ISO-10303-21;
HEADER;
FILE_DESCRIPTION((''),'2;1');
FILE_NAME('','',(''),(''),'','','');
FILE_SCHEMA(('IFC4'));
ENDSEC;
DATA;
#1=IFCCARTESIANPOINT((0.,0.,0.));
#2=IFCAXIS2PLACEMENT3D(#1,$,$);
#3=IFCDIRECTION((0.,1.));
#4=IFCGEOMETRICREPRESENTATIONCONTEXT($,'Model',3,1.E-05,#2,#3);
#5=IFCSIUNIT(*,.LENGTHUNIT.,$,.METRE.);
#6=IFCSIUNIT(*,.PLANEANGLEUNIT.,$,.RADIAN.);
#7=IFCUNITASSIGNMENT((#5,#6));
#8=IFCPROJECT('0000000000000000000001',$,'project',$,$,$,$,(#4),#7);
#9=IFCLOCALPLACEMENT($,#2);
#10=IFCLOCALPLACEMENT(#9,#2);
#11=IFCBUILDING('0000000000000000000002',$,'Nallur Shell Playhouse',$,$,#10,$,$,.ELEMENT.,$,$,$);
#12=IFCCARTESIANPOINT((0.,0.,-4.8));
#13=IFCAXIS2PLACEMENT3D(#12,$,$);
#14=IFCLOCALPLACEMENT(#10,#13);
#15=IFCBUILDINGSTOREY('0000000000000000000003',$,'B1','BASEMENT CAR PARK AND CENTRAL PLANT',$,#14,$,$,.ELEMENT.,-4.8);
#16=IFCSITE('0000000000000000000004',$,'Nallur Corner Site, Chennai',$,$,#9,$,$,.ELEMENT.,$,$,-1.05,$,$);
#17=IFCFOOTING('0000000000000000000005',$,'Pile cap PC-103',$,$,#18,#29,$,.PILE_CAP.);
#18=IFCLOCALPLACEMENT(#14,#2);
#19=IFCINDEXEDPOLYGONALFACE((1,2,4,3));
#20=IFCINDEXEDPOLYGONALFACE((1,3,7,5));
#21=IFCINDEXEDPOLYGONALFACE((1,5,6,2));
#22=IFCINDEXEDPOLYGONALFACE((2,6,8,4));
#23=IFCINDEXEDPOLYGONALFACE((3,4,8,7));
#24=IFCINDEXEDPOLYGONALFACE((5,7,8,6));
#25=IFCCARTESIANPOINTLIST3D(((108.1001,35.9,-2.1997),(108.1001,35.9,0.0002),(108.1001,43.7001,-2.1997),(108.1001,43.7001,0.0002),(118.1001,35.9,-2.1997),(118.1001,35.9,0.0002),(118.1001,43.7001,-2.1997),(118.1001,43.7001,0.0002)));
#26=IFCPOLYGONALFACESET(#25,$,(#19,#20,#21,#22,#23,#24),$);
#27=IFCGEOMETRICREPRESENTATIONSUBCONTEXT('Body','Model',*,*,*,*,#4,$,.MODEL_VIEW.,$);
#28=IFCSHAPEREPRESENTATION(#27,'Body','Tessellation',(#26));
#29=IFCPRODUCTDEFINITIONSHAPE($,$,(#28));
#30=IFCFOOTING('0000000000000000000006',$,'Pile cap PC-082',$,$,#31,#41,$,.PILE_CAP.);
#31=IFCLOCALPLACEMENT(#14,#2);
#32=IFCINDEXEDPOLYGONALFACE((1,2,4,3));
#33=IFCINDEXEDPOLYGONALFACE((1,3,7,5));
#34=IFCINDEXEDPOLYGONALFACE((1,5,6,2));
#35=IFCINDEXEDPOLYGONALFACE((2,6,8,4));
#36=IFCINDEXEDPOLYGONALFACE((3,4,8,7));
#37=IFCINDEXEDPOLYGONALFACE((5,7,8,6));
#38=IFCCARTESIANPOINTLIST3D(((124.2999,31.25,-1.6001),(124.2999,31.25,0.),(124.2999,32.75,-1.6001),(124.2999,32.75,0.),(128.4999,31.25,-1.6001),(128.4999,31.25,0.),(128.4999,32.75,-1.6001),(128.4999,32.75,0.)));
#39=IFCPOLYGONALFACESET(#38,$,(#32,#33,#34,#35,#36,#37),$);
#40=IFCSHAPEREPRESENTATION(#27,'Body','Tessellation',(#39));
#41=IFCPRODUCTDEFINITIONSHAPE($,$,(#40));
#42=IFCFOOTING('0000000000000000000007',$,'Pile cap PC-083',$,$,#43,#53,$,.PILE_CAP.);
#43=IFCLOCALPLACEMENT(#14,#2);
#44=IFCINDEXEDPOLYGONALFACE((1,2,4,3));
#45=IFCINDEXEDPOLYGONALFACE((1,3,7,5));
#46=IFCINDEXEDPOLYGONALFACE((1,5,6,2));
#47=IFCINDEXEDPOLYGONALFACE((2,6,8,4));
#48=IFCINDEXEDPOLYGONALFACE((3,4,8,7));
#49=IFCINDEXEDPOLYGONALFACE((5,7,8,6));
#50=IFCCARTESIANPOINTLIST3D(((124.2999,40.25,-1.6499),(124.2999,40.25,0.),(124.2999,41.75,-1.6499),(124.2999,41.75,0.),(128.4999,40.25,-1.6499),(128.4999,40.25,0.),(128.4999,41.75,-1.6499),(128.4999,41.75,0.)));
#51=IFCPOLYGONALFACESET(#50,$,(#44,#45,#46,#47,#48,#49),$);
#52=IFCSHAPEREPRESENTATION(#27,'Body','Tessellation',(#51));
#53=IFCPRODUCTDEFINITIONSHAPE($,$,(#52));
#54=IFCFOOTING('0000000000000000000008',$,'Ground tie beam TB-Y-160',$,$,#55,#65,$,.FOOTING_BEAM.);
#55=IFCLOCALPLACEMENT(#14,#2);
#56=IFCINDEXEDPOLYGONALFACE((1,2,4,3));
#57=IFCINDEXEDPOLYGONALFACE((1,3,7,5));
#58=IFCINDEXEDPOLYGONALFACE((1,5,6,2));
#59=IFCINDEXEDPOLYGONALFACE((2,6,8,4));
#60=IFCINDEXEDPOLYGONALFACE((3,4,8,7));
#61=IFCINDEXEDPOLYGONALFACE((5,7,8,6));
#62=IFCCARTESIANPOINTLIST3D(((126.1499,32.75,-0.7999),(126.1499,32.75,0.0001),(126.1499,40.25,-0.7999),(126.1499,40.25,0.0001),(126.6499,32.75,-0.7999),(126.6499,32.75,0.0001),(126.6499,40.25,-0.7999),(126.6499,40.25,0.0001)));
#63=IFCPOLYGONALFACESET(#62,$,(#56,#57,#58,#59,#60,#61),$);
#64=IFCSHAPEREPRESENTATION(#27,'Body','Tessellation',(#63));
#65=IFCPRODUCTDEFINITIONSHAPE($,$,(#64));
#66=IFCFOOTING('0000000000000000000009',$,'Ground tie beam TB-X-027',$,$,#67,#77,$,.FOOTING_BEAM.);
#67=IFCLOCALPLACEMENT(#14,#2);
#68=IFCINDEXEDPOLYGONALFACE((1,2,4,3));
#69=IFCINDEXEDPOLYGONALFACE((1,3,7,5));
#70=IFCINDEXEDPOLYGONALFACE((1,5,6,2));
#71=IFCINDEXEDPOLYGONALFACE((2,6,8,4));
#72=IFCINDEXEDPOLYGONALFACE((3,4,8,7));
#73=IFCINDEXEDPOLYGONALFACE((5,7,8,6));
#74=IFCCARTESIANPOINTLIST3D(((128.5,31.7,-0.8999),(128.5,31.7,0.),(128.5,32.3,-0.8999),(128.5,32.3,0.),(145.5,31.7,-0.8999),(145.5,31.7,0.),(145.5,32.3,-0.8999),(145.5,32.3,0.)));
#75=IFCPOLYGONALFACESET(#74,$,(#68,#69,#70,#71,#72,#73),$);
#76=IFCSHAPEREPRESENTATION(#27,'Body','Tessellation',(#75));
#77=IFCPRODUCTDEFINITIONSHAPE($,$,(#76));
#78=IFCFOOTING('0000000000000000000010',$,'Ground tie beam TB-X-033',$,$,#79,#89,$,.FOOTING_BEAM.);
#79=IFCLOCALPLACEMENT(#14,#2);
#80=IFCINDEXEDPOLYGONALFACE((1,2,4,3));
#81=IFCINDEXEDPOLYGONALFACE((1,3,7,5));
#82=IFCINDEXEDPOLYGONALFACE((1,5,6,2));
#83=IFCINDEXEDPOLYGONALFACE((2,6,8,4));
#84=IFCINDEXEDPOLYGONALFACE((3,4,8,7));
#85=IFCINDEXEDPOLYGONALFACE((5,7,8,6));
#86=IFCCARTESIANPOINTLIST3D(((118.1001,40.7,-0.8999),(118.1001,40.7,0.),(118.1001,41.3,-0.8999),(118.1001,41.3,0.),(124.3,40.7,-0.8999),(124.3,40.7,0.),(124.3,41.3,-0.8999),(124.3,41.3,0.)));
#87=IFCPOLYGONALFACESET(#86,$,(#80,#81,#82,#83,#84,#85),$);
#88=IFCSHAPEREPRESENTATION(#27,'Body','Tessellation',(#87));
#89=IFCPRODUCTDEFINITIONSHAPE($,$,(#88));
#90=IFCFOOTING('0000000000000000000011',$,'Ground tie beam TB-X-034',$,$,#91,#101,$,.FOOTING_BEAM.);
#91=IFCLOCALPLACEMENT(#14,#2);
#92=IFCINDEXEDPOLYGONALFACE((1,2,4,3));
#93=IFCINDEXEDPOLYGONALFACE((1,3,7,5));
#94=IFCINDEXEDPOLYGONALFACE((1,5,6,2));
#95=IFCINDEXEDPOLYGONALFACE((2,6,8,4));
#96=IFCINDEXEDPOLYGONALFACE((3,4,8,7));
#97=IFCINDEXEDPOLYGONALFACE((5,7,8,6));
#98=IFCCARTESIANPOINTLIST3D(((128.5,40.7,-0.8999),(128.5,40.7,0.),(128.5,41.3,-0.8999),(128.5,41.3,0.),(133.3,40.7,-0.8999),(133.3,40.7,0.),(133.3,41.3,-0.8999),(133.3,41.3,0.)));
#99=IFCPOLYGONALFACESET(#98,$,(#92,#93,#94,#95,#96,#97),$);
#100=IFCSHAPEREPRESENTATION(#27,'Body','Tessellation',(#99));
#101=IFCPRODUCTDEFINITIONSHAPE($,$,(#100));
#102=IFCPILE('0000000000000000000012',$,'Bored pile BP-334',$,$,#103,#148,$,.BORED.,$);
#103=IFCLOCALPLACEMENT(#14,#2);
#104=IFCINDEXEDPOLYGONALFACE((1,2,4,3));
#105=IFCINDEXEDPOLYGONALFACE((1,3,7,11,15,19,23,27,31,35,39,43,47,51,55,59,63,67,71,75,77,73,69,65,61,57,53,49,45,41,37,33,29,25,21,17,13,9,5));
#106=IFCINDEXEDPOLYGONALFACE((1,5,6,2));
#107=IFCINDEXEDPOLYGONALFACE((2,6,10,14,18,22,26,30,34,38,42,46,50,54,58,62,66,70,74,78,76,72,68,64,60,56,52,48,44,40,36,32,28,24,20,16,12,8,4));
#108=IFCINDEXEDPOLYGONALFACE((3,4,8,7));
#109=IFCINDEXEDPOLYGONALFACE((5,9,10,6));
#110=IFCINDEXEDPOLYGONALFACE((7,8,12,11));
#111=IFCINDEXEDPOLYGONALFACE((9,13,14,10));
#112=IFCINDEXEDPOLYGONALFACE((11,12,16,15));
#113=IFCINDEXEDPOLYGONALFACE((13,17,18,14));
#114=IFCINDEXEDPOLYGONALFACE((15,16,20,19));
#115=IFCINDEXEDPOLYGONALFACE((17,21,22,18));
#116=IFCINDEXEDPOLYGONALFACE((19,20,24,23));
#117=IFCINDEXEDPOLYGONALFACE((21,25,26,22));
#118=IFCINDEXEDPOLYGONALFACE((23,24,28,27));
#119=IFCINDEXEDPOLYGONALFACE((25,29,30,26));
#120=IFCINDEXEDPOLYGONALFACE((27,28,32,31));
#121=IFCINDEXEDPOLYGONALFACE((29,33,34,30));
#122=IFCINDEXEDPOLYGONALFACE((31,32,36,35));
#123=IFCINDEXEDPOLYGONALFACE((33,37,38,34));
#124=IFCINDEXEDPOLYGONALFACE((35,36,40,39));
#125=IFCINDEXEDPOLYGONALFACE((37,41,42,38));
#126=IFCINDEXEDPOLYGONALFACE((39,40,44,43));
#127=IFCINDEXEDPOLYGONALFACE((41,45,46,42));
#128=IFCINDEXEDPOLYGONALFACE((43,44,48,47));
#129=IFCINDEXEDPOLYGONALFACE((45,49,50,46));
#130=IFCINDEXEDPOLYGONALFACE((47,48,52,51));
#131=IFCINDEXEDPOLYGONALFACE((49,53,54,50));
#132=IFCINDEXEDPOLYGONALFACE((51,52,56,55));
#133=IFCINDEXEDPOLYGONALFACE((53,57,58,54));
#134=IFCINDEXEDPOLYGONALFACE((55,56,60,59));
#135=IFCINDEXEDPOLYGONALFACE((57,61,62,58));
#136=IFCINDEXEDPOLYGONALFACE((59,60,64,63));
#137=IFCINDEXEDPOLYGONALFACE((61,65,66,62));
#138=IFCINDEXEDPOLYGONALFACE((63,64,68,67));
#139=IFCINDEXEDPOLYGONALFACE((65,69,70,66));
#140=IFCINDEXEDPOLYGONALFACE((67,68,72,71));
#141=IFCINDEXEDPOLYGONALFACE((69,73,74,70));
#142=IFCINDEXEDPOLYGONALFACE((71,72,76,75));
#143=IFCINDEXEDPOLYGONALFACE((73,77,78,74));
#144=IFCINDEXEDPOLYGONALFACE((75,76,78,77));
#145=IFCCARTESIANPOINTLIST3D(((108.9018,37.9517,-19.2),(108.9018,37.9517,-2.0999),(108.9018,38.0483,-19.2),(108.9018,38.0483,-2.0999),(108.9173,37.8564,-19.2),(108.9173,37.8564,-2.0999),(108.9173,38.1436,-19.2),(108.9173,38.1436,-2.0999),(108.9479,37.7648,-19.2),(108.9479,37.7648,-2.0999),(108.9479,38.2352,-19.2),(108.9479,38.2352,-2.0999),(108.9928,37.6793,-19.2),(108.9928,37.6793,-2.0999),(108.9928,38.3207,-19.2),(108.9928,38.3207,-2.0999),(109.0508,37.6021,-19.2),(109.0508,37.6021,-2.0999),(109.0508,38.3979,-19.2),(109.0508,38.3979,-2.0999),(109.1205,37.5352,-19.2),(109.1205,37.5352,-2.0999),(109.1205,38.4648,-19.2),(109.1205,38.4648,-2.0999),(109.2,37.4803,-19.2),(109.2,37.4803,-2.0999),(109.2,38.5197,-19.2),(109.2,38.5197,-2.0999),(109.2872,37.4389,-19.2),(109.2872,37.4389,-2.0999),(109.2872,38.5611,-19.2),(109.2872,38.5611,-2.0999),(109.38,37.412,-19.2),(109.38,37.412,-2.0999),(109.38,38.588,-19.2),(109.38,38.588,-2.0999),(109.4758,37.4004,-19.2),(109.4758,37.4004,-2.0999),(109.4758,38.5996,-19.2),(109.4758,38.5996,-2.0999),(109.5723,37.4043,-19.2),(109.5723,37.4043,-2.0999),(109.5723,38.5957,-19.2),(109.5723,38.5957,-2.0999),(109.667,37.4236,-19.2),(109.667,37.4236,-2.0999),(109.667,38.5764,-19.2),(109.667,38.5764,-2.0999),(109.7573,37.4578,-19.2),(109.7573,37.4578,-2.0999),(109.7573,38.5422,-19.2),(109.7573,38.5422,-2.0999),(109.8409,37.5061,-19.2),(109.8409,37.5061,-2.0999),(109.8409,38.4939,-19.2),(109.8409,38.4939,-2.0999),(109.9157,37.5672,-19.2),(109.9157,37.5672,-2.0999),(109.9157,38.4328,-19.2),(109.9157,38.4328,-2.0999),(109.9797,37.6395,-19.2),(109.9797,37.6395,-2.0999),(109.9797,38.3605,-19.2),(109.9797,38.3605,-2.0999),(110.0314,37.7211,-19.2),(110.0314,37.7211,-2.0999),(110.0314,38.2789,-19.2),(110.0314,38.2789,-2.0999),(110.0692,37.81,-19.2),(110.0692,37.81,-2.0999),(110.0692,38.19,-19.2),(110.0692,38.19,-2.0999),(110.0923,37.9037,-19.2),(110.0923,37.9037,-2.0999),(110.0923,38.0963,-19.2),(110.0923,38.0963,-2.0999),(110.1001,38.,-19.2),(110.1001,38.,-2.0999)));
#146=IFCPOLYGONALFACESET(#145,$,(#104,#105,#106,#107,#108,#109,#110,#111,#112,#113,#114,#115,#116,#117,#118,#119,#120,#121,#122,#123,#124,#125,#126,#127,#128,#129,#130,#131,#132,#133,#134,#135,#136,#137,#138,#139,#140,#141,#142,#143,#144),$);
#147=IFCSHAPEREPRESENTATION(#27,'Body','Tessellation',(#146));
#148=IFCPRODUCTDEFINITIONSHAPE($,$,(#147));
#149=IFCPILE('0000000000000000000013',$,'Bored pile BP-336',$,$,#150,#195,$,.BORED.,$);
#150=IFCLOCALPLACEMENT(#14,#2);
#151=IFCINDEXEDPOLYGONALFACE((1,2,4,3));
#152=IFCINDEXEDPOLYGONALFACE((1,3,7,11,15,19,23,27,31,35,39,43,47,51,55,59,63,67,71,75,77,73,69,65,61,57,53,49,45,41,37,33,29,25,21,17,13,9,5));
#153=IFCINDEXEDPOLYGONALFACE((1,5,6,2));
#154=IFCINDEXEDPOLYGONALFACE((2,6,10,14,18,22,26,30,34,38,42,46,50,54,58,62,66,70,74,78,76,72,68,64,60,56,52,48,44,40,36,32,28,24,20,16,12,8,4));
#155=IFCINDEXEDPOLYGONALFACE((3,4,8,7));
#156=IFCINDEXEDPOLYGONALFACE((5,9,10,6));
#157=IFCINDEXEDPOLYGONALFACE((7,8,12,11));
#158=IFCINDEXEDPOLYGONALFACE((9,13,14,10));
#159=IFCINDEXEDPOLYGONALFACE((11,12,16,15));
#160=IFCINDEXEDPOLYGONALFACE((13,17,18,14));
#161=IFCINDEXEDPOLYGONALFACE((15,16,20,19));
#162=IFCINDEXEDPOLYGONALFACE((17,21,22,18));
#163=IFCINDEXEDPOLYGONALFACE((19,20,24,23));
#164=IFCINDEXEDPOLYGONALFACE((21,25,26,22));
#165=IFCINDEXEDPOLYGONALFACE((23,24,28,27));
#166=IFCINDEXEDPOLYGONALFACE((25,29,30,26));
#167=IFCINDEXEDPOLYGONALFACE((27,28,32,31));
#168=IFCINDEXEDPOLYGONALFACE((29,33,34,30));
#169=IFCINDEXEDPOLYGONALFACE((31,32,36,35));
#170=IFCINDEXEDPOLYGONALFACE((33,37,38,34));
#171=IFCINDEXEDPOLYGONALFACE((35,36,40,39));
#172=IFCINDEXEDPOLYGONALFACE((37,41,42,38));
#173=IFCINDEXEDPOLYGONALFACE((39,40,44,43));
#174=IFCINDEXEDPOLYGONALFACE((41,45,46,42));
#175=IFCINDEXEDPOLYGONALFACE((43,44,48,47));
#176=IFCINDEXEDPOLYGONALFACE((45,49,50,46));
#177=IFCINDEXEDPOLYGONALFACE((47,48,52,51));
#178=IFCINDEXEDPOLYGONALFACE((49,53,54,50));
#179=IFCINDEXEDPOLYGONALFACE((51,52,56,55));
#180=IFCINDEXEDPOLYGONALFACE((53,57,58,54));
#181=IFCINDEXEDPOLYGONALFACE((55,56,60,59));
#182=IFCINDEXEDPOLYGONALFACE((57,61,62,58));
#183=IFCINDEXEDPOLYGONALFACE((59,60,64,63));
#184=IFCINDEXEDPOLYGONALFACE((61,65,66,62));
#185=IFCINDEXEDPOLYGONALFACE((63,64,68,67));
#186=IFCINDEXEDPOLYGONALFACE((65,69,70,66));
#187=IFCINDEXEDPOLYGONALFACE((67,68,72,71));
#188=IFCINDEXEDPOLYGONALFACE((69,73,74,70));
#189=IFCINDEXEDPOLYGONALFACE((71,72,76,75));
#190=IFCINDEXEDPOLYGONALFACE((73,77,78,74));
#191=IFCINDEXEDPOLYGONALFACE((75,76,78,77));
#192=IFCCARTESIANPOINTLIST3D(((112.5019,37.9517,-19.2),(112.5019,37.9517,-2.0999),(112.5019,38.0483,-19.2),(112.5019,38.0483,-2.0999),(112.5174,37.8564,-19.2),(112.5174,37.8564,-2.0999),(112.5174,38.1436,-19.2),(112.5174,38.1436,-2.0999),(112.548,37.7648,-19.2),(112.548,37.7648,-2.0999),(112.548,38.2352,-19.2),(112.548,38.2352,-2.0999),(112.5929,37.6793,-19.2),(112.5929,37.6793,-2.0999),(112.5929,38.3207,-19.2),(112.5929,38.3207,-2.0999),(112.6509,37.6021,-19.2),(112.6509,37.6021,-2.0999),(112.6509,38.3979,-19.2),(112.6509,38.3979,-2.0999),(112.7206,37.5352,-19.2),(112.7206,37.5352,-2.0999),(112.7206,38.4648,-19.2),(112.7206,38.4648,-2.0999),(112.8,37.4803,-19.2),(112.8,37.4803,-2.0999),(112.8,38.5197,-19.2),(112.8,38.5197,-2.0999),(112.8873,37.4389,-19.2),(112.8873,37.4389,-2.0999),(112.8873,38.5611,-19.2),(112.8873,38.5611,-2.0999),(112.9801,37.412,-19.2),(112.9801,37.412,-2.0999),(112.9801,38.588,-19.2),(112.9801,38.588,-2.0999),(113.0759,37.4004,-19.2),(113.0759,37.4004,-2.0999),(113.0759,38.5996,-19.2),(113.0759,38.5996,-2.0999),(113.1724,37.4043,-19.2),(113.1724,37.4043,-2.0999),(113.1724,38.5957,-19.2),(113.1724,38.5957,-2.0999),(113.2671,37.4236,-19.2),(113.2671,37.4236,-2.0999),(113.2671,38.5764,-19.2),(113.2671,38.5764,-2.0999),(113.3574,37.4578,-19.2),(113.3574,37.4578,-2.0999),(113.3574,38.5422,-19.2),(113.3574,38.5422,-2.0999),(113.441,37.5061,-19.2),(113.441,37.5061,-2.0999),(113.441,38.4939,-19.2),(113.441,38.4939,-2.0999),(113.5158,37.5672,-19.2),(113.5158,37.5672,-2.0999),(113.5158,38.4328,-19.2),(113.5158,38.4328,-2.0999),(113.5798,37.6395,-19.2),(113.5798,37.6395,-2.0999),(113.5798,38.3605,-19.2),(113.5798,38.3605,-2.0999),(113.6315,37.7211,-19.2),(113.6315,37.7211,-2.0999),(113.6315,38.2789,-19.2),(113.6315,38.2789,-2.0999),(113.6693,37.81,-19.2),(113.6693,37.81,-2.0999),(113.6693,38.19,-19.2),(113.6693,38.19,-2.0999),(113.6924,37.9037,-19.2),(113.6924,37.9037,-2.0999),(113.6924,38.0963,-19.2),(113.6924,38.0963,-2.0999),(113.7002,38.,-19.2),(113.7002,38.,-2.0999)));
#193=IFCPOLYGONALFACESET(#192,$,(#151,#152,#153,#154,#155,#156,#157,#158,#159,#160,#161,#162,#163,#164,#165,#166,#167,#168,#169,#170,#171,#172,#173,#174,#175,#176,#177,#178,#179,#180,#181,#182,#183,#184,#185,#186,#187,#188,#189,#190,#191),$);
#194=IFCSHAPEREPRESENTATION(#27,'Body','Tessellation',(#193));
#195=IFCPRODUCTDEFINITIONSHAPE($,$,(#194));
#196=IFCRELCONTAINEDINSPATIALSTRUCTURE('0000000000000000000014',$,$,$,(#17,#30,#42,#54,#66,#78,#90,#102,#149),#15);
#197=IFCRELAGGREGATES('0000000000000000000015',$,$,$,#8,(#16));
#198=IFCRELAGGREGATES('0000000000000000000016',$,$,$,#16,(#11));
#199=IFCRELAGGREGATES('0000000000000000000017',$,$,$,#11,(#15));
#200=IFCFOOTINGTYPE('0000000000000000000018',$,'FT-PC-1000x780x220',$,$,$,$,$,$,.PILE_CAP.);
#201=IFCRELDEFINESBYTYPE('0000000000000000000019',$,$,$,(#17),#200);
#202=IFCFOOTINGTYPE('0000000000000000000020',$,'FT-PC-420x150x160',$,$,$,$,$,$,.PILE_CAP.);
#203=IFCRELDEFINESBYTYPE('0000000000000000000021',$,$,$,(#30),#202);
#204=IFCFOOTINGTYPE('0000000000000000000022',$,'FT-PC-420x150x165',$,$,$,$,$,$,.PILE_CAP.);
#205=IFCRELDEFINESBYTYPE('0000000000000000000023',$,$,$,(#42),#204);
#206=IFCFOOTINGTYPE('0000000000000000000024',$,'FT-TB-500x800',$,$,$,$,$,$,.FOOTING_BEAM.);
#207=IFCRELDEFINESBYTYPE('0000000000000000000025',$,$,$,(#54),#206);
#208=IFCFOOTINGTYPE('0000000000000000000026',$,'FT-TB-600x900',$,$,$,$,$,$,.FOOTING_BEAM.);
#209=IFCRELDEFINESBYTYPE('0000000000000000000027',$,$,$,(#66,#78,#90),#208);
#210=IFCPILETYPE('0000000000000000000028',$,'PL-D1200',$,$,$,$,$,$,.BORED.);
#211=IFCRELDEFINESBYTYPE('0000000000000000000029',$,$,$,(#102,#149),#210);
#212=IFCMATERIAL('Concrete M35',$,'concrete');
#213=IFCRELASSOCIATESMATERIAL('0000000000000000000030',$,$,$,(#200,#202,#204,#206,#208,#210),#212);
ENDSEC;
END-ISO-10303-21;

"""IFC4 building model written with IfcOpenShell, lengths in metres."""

from ifc_helpers import new_model, si_unit, direction, frame, origin, origin_2d, place, context, subcontext, project, spatial, rectangle, circle, extrude, material, material_profile, profile_set, type_object, element, save


model = new_model("IFC4")

# Units and contexts
model_context = context("Model", 3, precision=1e-05, world=origin(), true_north=direction((0.0, 1.0)))
body_context = subcontext(model_context, "Body", "Model", "MODEL_VIEW")
ifc_project = project(units=[si_unit("LENGTHUNIT", "METRE"), si_unit("PLANEANGLEUNIT", "RADIAN")], contexts=[model_context])

# Site, building, storey
site_placement = place(None, origin())
site = spatial("IfcSite", under=ifc_project, at=site_placement, Name="Nallur Corner Site, Chennai", CompositionType="ELEMENT", RefElevation=-1.05)
building_placement = place(site_placement, origin())
building = spatial("IfcBuilding", under=site, at=building_placement, Name="Nallur Shell Playhouse", CompositionType="ELEMENT")
storey_placement = place(building_placement, frame((0.0, 0.0, -4.8)))
storey = spatial("IfcBuildingStorey", under=building, at=storey_placement, Name="B1", Description="BASEMENT CAR PARK AND CENTRAL PLANT", CompositionType="ELEMENT", Elevation=-4.8)

# Footings
ifc_material_1 = material(Name="Concrete M35", Category="concrete")
footing_type_1 = type_object("IfcFootingType", Name="FT-PC-1000x780x220", PredefinedType="PILE_CAP", material=ifc_material_1)
footing_1_placement = place(storey_placement, frame((113.1001, 39.8, -2.1997), z_axis=(0.0, 0.0, 1.0), x_axis=(1.0, 0.0, 0.0)))
element("IfcFooting", 1, at=footing_1_placement, inside=storey, type_object=footing_type_1, Name="Pile cap PC-103", PredefinedType="PILE_CAP", context=body_context, shape_type="SweptSolid", body=[
    extrude(rectangle(XDim=10.0, YDim=7.8, at=origin_2d()), origin(), (0.0, 0.0, 1.0), 2.2),
])
footing_type_2 = type_object("IfcFootingType", Name="FT-PC-420x150x160", PredefinedType="PILE_CAP", material=ifc_material_1)
footing_2_placement = place(storey_placement, frame((126.3999, 32.0, -1.6001), z_axis=(0.0, 0.0, 1.0), x_axis=(1.0, 0.0, 0.0)))
element("IfcFooting", 2, at=footing_2_placement, inside=storey, type_object=footing_type_2, Name="Pile cap PC-082", PredefinedType="PILE_CAP", context=body_context, shape_type="SweptSolid", body=[
    extrude(rectangle(XDim=4.2, YDim=1.5, at=origin_2d()), origin(), (0.0, 0.0, 1.0), 1.6001),
])
footing_type_3 = type_object("IfcFootingType", Name="FT-PC-420x150x165", PredefinedType="PILE_CAP", material=ifc_material_1)
footing_3_placement = place(storey_placement, frame((126.3999, 41.0, -1.6499), z_axis=(0.0, 0.0, 1.0), x_axis=(1.0, 0.0, 0.0)))
element("IfcFooting", 3, at=footing_3_placement, inside=storey, type_object=footing_type_3, Name="Pile cap PC-083", PredefinedType="PILE_CAP", context=body_context, shape_type="SweptSolid", body=[
    extrude(rectangle(XDim=4.2, YDim=1.5, at=origin_2d()), origin(), (0.0, 0.0, 1.0), 1.6499),
])
ifc_material_profile_1 = material_profile(ifc_material_1, rectangle(XDim=0.5, YDim=0.8, at=origin_2d()), Name="RC 500x800")
ifc_profile_set_1 = profile_set([ifc_material_profile_1], Name="Concrete M35")
footing_type_4 = type_object("IfcFootingType", Name="FT-TB-500x800", PredefinedType="FOOTING_BEAM", material=ifc_profile_set_1)
footing_4_placement = place(storey_placement, frame((126.3999, 32.75, -0.3999), z_axis=(0.0, 1.0, 0.0), x_axis=(-1.0, 0.0, 0.0)))
element("IfcFooting", 4, at=footing_4_placement, inside=storey, type_object=footing_type_4, Name="Ground tie beam TB-Y-160", PredefinedType="FOOTING_BEAM", context=body_context, shape_type="SweptSolid", body=[
    extrude(rectangle(XDim=0.5, YDim=0.8, at=origin_2d()), origin(), (0.0, 0.0, 1.0), 7.5),
])
ifc_material_profile_2 = material_profile(ifc_material_1, rectangle(XDim=0.6001, YDim=0.8999, at=origin_2d()), Name="RC 600x900")
ifc_profile_set_2 = profile_set([ifc_material_profile_2], Name="Concrete M35")
footing_type_5 = type_object("IfcFootingType", Name="FT-TB-600x900", PredefinedType="FOOTING_BEAM", material=ifc_profile_set_2)
footing_5_placement = place(storey_placement, frame((128.5, 32.0, -0.45), z_axis=(1.0, 0.0, 0.0), x_axis=(0.0, 1.0, 0.0)))
element("IfcFooting", 5, at=footing_5_placement, inside=storey, type_object=footing_type_5, Name="Ground tie beam TB-X-027", PredefinedType="FOOTING_BEAM", context=body_context, shape_type="SweptSolid", body=[
    extrude(rectangle(XDim=0.6001, YDim=0.8999, at=origin_2d()), origin(), (0.0, 0.0, 1.0), 17.0),
])
footing_6_placement = place(storey_placement, frame((118.1001, 41.0, -0.45), z_axis=(1.0, 0.0, 0.0), x_axis=(0.0, 1.0, 0.0)))
element("IfcFooting", 6, at=footing_6_placement, inside=storey, type_object=footing_type_5, Name="Ground tie beam TB-X-033", PredefinedType="FOOTING_BEAM", context=body_context, shape_type="SweptSolid", body=[
    extrude(rectangle(XDim=0.6001, YDim=0.8999, at=origin_2d()), origin(), (0.0, 0.0, 1.0), 6.2),
])
footing_7_placement = place(storey_placement, frame((128.5, 41.0, -0.45), z_axis=(1.0, 0.0, 0.0), x_axis=(0.0, 1.0, 0.0)))
element("IfcFooting", 7, at=footing_7_placement, inside=storey, type_object=footing_type_5, Name="Ground tie beam TB-X-034", PredefinedType="FOOTING_BEAM", context=body_context, shape_type="SweptSolid", body=[
    extrude(rectangle(XDim=0.6001, YDim=0.8999, at=origin_2d()), origin(), (0.0, 0.0, 1.0), 4.8),
])

# Piles
ifc_material_profile_3 = material_profile(ifc_material_1, circle(Radius=0.6001, at=origin_2d()), Name="BORED PILE D1200")
ifc_profile_set_3 = profile_set([ifc_material_profile_3], Name="Concrete M35")
pile_type_1 = type_object("IfcPileType", Name="PL-D1200", PredefinedType="BORED", material=ifc_profile_set_3)
for number, where, z_axis, x_axis, name in (
    (8, (109.5, 38.0, -2.0999), (0.0, 0.0, -1.0), (1.0, 0.0, 0.0), "Bored pile BP-334"),
    (9, (113.1001, 38.0, -2.0999), (0.0, 0.0, -1.0), (1.0, 0.0, 0.0), "Bored pile BP-336"),
):
    element("IfcPile", number, at=place(storey_placement, frame(where, z_axis=z_axis, x_axis=x_axis)), inside=storey, type_object=pile_type_1, Name=name, PredefinedType="BORED", context=body_context, shape_type="SweptSolid", body=[
        extrude(circle(Radius=0.6001, at=origin_2d()), origin(), (0.0, 0.0, 1.0), 17.1001),
    ])

save(model, "model.ifc")
